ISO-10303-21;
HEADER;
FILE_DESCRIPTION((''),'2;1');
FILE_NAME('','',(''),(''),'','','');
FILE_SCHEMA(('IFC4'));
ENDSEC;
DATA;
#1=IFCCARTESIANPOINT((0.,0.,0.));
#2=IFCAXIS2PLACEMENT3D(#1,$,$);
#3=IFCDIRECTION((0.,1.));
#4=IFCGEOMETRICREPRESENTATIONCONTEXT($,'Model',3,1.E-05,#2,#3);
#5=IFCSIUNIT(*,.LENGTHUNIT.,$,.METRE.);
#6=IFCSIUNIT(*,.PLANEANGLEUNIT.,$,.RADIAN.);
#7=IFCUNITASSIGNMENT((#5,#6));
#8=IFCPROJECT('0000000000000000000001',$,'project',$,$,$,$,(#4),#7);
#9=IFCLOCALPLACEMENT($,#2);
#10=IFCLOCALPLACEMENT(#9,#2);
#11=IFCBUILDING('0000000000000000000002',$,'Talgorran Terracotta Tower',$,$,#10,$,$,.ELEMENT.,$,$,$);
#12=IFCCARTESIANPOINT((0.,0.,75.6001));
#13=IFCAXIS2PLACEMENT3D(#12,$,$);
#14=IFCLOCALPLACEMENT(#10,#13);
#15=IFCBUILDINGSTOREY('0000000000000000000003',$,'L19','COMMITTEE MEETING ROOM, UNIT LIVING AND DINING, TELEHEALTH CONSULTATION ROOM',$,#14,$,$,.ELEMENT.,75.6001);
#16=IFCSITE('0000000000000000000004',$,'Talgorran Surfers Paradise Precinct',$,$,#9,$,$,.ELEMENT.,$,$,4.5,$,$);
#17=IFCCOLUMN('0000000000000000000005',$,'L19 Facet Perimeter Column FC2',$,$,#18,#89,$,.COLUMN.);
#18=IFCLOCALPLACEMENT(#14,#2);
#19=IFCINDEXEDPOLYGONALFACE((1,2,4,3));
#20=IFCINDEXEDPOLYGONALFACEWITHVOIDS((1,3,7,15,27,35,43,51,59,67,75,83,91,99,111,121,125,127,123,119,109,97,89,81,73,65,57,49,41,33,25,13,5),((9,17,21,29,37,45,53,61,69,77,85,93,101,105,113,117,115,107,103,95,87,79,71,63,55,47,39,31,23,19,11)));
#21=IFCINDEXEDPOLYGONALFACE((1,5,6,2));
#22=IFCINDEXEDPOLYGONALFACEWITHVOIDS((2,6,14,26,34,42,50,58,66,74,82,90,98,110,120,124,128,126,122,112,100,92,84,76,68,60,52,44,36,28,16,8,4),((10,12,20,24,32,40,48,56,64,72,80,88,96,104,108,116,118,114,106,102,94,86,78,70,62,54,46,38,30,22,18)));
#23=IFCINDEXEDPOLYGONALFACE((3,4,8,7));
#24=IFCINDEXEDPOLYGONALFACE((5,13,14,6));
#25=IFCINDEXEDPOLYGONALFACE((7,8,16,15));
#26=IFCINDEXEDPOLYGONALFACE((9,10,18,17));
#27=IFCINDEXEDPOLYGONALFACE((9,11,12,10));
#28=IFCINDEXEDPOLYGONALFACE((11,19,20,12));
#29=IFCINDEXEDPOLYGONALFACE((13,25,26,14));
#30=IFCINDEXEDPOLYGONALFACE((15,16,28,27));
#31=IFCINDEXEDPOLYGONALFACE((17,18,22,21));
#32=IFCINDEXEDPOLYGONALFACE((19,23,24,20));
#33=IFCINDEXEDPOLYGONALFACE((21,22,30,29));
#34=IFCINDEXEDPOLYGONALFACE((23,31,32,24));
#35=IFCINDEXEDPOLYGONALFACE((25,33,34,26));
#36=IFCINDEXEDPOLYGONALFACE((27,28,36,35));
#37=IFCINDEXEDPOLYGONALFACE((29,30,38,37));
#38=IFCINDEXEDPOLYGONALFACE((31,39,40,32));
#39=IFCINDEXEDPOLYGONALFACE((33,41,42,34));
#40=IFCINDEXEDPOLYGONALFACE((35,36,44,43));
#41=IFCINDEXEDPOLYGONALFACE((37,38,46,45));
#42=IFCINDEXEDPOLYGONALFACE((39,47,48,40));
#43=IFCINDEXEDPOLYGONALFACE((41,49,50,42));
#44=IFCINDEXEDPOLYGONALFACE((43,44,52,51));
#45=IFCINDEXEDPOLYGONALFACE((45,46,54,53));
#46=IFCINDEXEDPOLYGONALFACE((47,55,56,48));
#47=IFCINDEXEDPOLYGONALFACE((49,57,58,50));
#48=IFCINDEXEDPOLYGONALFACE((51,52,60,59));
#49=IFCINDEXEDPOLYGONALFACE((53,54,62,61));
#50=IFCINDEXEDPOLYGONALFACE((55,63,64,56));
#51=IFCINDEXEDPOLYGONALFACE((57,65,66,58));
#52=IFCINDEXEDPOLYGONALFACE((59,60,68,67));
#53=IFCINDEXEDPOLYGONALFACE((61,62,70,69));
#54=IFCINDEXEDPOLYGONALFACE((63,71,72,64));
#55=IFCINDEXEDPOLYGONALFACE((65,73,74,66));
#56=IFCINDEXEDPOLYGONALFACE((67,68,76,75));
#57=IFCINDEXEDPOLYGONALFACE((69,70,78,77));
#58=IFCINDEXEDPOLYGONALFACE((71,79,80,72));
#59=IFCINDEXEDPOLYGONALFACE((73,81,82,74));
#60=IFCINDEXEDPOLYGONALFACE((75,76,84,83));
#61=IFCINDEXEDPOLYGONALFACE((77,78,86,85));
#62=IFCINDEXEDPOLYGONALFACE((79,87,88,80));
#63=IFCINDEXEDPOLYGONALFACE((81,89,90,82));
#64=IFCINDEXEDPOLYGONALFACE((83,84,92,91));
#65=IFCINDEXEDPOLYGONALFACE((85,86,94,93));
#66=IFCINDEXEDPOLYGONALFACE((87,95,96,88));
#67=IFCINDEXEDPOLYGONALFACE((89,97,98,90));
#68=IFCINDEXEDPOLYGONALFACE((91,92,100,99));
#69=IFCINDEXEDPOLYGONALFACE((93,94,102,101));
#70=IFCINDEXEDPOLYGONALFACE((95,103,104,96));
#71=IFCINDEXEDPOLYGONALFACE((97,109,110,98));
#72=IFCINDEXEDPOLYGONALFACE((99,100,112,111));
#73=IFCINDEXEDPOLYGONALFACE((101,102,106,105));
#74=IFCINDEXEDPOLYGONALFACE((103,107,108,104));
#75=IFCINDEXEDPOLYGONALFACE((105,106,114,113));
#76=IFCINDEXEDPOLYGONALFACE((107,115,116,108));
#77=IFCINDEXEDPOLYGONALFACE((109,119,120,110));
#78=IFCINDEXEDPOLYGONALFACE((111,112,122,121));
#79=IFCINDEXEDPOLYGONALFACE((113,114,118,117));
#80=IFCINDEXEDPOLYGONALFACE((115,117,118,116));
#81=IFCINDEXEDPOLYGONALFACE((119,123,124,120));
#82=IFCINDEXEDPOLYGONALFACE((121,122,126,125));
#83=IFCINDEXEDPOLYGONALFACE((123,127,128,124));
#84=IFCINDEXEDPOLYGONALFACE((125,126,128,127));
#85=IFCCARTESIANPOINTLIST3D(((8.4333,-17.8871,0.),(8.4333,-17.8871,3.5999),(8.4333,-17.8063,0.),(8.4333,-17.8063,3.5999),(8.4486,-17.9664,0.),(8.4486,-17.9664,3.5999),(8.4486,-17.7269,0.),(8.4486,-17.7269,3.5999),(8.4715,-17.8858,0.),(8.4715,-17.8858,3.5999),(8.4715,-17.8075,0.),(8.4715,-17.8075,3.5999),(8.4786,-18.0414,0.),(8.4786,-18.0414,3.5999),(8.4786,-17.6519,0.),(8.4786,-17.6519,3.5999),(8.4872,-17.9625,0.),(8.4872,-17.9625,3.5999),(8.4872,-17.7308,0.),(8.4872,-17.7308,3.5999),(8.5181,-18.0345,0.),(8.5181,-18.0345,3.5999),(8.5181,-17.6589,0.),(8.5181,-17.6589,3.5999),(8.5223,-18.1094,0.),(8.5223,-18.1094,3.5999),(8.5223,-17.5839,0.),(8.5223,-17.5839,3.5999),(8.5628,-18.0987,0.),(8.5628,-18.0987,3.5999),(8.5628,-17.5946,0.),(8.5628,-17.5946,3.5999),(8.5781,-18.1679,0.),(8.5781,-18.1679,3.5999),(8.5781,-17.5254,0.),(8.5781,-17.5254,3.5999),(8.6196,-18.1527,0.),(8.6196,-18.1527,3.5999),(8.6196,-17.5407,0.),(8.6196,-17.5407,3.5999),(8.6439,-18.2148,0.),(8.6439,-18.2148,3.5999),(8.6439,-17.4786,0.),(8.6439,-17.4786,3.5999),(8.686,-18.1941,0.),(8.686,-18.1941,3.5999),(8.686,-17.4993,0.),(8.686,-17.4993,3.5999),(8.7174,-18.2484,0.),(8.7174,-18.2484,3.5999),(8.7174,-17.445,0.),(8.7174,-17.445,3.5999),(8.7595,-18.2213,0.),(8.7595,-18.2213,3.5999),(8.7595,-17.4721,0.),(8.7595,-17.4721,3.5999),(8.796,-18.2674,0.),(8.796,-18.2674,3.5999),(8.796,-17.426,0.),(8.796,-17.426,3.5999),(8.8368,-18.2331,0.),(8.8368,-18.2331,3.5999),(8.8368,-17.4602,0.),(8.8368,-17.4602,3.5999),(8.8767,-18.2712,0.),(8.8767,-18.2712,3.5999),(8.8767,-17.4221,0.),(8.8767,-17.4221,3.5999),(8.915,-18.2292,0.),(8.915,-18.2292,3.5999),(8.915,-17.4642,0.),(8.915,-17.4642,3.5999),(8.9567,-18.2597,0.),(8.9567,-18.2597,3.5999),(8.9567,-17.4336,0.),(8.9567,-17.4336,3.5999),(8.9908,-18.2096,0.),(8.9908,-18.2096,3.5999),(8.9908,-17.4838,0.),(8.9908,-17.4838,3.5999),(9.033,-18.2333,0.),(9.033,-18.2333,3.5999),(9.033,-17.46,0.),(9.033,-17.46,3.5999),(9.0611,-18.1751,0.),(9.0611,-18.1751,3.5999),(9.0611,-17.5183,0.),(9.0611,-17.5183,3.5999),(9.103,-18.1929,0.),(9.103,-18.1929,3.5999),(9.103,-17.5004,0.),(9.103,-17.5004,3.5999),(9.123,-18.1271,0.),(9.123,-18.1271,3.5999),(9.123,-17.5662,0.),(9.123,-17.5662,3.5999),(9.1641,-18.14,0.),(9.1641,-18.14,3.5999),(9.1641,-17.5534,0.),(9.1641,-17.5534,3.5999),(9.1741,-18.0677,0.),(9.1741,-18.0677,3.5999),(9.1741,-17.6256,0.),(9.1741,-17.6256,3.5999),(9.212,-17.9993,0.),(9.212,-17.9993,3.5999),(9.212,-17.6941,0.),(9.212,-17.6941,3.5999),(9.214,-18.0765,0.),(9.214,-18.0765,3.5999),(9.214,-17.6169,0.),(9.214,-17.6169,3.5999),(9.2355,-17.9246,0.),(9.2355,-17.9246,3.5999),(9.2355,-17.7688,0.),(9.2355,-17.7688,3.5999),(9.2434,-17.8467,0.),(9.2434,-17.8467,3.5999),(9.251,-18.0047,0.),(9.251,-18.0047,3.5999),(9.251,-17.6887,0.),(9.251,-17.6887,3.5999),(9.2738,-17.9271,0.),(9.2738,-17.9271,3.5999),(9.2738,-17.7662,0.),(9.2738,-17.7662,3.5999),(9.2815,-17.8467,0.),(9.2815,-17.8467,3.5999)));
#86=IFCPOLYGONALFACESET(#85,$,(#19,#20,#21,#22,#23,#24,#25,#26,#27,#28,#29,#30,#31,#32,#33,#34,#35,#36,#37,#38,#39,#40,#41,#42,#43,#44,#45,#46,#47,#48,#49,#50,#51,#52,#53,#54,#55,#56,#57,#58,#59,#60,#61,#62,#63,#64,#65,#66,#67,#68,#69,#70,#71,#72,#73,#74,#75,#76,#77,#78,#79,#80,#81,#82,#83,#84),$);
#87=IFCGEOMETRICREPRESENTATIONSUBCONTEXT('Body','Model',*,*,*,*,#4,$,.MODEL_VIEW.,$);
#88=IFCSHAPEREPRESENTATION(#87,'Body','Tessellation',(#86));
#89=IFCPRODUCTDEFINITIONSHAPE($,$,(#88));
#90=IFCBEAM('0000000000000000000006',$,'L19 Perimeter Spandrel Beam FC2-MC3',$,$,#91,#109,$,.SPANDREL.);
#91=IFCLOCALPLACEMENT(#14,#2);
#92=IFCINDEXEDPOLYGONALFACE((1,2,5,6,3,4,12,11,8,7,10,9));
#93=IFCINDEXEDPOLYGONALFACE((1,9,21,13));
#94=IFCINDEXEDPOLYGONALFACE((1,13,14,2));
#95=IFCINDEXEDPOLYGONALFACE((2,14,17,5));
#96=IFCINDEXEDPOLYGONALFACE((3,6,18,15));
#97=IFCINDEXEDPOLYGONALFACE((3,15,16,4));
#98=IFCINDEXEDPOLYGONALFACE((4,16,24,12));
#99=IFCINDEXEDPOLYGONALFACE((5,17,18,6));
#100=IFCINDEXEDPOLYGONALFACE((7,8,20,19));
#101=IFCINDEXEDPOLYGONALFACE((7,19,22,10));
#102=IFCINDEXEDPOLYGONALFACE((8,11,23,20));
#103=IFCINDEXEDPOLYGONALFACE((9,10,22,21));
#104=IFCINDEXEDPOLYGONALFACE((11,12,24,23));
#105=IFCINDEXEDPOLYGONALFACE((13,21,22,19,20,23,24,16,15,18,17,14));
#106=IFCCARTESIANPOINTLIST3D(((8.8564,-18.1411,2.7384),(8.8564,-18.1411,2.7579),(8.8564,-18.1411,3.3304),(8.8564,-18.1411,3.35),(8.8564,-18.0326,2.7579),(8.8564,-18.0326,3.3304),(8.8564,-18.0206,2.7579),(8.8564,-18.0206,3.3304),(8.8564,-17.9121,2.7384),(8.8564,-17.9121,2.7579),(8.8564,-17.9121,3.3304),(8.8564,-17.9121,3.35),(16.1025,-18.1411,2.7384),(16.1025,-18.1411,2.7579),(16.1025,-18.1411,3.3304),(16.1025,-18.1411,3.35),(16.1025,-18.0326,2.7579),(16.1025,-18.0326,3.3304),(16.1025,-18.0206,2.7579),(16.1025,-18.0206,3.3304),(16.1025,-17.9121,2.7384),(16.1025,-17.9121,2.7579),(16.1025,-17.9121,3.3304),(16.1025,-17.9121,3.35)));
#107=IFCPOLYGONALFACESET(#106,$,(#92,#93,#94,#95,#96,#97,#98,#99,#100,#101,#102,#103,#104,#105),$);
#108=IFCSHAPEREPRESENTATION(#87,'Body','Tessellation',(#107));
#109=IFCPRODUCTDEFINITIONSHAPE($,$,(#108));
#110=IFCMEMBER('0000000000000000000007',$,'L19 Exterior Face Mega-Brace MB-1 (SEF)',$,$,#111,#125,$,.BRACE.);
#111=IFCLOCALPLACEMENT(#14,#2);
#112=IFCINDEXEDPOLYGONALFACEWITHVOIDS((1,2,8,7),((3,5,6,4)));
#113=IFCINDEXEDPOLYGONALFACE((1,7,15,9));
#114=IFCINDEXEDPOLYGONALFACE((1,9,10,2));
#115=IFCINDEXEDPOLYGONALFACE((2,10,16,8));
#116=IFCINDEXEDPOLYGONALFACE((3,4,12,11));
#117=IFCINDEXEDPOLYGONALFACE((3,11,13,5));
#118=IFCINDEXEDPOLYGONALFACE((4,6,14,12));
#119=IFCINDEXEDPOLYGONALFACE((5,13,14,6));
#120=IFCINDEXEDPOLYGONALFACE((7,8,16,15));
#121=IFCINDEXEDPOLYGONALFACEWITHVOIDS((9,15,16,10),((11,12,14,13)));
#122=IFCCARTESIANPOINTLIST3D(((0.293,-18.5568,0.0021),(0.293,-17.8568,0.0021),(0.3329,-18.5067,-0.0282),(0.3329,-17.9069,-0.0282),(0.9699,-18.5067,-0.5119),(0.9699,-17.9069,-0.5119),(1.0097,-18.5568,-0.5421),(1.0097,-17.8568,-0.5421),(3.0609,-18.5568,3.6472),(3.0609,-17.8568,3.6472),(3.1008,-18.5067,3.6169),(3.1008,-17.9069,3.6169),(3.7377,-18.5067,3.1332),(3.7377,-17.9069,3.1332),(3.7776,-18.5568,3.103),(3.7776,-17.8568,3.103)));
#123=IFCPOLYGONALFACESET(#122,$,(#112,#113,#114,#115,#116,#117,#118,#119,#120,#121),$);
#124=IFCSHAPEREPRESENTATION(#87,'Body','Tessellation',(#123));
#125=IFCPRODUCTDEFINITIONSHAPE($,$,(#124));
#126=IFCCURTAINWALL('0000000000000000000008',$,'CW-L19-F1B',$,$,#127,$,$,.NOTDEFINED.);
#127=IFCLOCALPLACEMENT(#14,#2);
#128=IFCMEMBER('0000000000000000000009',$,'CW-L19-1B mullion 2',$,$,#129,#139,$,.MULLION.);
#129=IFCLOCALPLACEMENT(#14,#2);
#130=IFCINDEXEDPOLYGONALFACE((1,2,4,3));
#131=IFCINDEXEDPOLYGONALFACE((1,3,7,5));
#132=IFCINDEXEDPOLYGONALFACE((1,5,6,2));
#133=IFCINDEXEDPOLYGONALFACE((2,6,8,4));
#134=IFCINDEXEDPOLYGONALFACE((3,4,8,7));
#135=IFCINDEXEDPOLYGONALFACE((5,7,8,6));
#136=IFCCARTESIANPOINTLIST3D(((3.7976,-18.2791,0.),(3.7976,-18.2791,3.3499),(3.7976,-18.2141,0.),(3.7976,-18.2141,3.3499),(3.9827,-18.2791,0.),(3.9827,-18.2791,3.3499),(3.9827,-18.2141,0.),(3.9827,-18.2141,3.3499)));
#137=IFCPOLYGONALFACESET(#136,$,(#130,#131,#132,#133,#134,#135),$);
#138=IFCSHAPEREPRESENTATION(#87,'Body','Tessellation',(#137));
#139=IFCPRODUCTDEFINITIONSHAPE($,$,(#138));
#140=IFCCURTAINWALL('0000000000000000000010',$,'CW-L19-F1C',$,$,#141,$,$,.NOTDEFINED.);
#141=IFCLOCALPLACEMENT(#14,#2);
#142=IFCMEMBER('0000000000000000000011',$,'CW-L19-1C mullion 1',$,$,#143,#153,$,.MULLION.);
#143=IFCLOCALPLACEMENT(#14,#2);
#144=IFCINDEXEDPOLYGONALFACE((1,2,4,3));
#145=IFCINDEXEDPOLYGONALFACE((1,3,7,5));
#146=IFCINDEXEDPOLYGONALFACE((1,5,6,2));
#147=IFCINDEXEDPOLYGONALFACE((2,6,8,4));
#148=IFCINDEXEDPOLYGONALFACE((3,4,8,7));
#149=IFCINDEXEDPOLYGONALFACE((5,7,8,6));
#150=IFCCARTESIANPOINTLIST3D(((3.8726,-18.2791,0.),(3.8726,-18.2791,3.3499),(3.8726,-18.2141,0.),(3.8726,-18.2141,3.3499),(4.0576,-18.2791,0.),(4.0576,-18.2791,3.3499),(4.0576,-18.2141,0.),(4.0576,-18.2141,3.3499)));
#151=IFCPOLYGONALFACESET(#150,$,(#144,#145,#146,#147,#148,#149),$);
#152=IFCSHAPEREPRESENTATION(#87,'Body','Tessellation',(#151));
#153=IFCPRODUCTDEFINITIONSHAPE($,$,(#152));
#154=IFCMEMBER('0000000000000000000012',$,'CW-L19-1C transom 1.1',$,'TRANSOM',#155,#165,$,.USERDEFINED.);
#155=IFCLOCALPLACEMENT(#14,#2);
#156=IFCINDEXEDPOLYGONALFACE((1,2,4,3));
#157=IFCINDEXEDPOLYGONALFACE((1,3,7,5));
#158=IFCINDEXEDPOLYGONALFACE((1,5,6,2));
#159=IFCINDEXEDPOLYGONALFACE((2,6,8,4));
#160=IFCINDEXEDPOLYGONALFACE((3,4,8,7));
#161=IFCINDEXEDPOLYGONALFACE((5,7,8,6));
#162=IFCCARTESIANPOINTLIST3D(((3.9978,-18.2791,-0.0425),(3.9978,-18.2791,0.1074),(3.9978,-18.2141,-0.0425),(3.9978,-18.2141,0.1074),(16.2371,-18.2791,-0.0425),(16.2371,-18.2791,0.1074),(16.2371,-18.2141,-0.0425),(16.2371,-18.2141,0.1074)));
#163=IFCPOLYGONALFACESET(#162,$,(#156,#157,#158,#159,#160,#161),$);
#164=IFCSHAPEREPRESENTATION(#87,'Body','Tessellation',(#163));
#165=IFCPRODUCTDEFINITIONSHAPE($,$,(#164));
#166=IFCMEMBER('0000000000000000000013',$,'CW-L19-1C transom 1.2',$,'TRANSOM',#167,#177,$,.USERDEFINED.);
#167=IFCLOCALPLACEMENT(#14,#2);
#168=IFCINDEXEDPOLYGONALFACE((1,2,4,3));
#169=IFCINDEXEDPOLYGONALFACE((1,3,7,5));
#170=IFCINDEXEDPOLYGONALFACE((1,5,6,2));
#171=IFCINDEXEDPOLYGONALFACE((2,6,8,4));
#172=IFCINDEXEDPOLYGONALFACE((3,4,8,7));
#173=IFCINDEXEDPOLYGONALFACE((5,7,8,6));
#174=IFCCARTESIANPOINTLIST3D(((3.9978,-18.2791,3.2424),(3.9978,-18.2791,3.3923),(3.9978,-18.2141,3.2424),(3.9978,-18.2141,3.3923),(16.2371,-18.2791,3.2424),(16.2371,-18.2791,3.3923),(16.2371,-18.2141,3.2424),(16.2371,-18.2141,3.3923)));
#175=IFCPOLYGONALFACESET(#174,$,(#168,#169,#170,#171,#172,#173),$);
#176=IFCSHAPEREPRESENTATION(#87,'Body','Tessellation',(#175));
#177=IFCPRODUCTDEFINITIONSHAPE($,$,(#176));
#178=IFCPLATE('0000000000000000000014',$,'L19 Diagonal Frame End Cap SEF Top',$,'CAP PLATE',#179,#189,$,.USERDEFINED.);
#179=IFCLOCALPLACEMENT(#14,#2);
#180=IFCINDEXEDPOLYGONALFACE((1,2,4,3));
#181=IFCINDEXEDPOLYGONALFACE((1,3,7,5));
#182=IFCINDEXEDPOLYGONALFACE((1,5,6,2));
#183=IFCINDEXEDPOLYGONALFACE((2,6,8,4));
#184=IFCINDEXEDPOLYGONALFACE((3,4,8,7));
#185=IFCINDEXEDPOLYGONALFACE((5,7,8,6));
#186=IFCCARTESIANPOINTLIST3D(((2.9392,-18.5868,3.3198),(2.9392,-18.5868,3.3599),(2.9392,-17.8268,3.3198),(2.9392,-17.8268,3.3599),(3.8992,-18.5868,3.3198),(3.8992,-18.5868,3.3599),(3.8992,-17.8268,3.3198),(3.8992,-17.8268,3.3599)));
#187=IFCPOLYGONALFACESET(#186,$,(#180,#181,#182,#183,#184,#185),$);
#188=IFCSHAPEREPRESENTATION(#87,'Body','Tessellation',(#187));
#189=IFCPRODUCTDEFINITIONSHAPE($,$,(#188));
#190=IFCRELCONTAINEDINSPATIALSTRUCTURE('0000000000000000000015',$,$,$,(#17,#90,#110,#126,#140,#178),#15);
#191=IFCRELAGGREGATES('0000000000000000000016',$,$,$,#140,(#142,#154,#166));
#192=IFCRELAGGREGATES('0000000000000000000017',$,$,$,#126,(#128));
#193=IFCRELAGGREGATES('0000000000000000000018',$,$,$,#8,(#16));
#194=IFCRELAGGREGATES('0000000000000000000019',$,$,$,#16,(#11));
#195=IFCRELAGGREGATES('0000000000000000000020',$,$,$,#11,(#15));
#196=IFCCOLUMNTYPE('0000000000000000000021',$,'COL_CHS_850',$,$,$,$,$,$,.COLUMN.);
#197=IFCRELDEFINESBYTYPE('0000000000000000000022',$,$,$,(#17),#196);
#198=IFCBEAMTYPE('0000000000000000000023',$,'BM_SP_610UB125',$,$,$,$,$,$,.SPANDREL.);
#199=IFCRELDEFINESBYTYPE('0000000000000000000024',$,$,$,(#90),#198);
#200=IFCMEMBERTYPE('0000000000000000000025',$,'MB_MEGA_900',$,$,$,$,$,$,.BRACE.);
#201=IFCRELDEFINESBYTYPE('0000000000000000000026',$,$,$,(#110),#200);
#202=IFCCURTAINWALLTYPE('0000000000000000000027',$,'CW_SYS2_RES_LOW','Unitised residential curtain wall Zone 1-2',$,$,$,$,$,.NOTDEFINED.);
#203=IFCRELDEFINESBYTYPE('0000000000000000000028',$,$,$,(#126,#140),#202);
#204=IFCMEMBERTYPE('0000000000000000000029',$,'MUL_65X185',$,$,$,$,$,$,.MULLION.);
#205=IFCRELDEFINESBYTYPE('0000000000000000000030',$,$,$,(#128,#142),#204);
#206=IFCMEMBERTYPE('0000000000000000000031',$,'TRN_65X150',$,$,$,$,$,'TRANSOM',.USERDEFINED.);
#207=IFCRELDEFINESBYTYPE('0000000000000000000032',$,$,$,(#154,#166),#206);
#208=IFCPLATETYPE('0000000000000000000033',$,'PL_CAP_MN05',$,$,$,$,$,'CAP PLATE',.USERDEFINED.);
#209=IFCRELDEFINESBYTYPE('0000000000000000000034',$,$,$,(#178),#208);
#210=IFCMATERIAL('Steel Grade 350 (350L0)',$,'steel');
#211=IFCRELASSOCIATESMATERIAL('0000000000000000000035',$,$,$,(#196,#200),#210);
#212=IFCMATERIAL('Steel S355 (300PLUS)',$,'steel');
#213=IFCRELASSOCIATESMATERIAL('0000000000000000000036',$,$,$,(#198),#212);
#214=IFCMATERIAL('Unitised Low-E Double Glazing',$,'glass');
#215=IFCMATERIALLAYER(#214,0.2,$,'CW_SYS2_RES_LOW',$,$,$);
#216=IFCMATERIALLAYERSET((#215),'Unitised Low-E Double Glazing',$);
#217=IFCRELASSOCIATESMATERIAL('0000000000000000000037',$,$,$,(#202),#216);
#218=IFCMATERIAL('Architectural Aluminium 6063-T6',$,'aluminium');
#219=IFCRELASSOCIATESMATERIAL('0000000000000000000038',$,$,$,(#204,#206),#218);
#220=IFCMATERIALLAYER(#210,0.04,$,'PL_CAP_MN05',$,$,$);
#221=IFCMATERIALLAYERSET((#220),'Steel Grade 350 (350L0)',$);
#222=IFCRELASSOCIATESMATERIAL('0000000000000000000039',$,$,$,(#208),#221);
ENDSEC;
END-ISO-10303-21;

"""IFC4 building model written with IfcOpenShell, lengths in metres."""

from ifc_helpers import new_model, si_unit, direction, frame, origin, origin_2d, place, context, subcontext, project, spatial, rectangle, hollow_rectangle, hollow_circle, i_section, extrude, material, layer, layer_set, material_profile, profile_set, type_object, element, aggregate, save


model = new_model("IFC4")

# Units and contexts
model_context = context("Model", 3, precision=1e-05, world=origin(), true_north=direction((0.0, 1.0)))
body_context = subcontext(model_context, "Body", "Model", "MODEL_VIEW")
ifc_project = project(units=[si_unit("LENGTHUNIT", "METRE"), si_unit("PLANEANGLEUNIT", "RADIAN")], contexts=[model_context])

# Site, building, storey
site_placement = place(None, origin())
site = spatial("IfcSite", under=ifc_project, at=site_placement, Name="Talgorran Surfers Paradise Precinct", CompositionType="ELEMENT", RefElevation=4.5)
building_placement = place(site_placement, origin())
building = spatial("IfcBuilding", under=site, at=building_placement, Name="Talgorran Terracotta Tower", CompositionType="ELEMENT")
storey_placement = place(building_placement, frame((0.0, 0.0, 75.6001)))
storey = spatial("IfcBuildingStorey", under=building, at=storey_placement, Name="L19", Description="COMMITTEE MEETING ROOM, UNIT LIVING AND DINING, TELEHEALTH CONSULTATION ROOM", CompositionType="ELEMENT", Elevation=75.6001)

# Column
ifc_material_1 = material(Name="Steel Grade 350 (350L0)", Category="steel")
ifc_material_profile_1 = material_profile(ifc_material_1, hollow_circle(Radius=0.425, WallThickness=0.0381, at=origin_2d()), Name="CHS850X38")
ifc_profile_set_1 = profile_set([ifc_material_profile_1], Name="Steel Grade 350 (350L0)")
column_type = type_object("IfcColumnType", Name="COL_CHS_850", PredefinedType="COLUMN", material=ifc_profile_set_1)
column_placement = place(storey_placement, frame((8.8564, -17.8467, 0.0), z_axis=(0.0, 0.0, 1.0), x_axis=(1.0, 0.0, 0.0)))
element("IfcColumn", 1, at=column_placement, inside=storey, type_object=column_type, Name="L19 Facet Perimeter Column FC2", PredefinedType="COLUMN", context=body_context, shape_type="SweptSolid", body=[
    extrude(hollow_circle(Radius=0.425, WallThickness=0.0381, at=origin_2d()), origin(), (0.0, 0.0, 1.0), 3.5999),
])

# Beam
ifc_material_2 = material(Name="Steel S355 (300PLUS)", Category="steel")
ifc_material_profile_2 = material_profile(ifc_material_2, i_section(OverallWidth=0.229, OverallDepth=0.6116, WebThickness=0.012, FlangeThickness=0.0195, at=origin_2d()), Name="610UB125")
ifc_profile_set_2 = profile_set([ifc_material_profile_2], Name="Steel S355 (300PLUS)")
beam_type = type_object("IfcBeamType", Name="BM_SP_610UB125", PredefinedType="SPANDREL", material=ifc_profile_set_2)
beam_placement = place(storey_placement, frame((8.8564, -18.0266, 3.0442), z_axis=(1.0, 0.0, 0.0), x_axis=(0.0, 1.0, 0.0)))
element("IfcBeam", 2, at=beam_placement, inside=storey, type_object=beam_type, Name="L19 Perimeter Spandrel Beam FC2-MC3", PredefinedType="SPANDREL", context=body_context, shape_type="SweptSolid", body=[
    extrude(i_section(OverallWidth=0.229, OverallDepth=0.6116, WebThickness=0.012, FlangeThickness=0.0195, at=origin_2d()), origin(), (0.0, 0.0, 1.0), 7.2461),
])

# Member
ifc_material_profile_3 = material_profile(ifc_material_1, hollow_rectangle(XDim=0.7, YDim=0.8999, WallThickness=0.05, at=origin_2d()), Name="WBOX900X700X50")
ifc_profile_set_3 = profile_set([ifc_material_profile_3], Name="Steel Grade 350 (350L0)")
member_type_1 = type_object("IfcMemberType", Name="MB_MEGA_900", PredefinedType="BRACE", material=ifc_profile_set_3)
member_1_placement = place(storey_placement, frame((0.6514, -18.2068, -0.27), z_axis=(0.604752, 0.0, 0.796414), x_axis=(0.0, 1.0, 0.0)))
element("IfcMember", 3, at=member_1_placement, inside=storey, type_object=member_type_1, Name="L19 Exterior Face Mega-Brace MB-1 (SEF)", PredefinedType="BRACE", context=body_context, shape_type="SweptSolid", body=[
    extrude(hollow_rectangle(XDim=0.7, YDim=0.8999, WallThickness=0.05, at=origin_2d()), origin(), (0.0, 0.0, 1.0), 4.5769),
])

# Curtain wall, member
ifc_material_3 = material(Name="Unitised Low-E Double Glazing", Category="glass")
ifc_layer_1 = layer(ifc_material_3, 0.2, Name="CW_SYS2_RES_LOW")
ifc_layer_set_1 = layer_set([ifc_layer_1], Name="Unitised Low-E Double Glazing")
curtain_wall_type = type_object("IfcCurtainWallType", Name="CW_SYS2_RES_LOW", Description="Unitised residential curtain wall Zone 1-2", PredefinedType="NOTDEFINED", material=ifc_layer_set_1)
curtain_wall_1_placement = place(storey_placement, origin())
curtain_wall_1 = element("IfcCurtainWall", 4, at=curtain_wall_1_placement, inside=storey, type_object=curtain_wall_type, Name="CW-L19-F1B", PredefinedType="NOTDEFINED")
ifc_material_4 = material(Name="Architectural Aluminium 6063-T6", Category="aluminium")
ifc_material_profile_4 = material_profile(ifc_material_4, rectangle(XDim=0.0649, YDim=0.1851, at=origin_2d()), Name="CWM65X185")
ifc_profile_set_4 = profile_set([ifc_material_profile_4], Name="Architectural Aluminium 6063-T6")
member_type_2 = type_object("IfcMemberType", Name="MUL_65X185", PredefinedType="MULLION", material=ifc_profile_set_4)
member_2_placement = place(storey_placement, frame((3.8901, -18.2466, 0.0), z_axis=(0.0, 0.0, 1.0), x_axis=(0.0, 1.0, 0.0)))
member_2 = element("IfcMember", 5, at=member_2_placement, type_object=member_type_2, Name="CW-L19-1B mullion 2", PredefinedType="MULLION", context=body_context, shape_type="SweptSolid", body=[
    extrude(rectangle(XDim=0.0649, YDim=0.1851, at=origin_2d()), origin(), (0.0, 0.0, 1.0), 3.3499),
])

# Curtain wall, members
curtain_wall_2_placement = place(storey_placement, origin())
curtain_wall_2 = element("IfcCurtainWall", 6, at=curtain_wall_2_placement, inside=storey, type_object=curtain_wall_type, Name="CW-L19-F1C", PredefinedType="NOTDEFINED")
member_3_placement = place(storey_placement, frame((3.9651, -18.2466, 0.0), z_axis=(0.0, 0.0, 1.0), x_axis=(0.0, 1.0, 0.0)))
member_3 = element("IfcMember", 7, at=member_3_placement, type_object=member_type_2, Name="CW-L19-1C mullion 1", PredefinedType="MULLION", context=body_context, shape_type="SweptSolid", body=[
    extrude(rectangle(XDim=0.0649, YDim=0.1851, at=origin_2d()), origin(), (0.0, 0.0, 1.0), 3.3499),
])
ifc_material_profile_5 = material_profile(ifc_material_4, rectangle(XDim=0.0649, YDim=0.1499, at=origin_2d()), Name="CWT65X150")
ifc_profile_set_5 = profile_set([ifc_material_profile_5], Name="Architectural Aluminium 6063-T6")
member_type_3 = type_object("IfcMemberType", Name="TRN_65X150", ElementType="TRANSOM", PredefinedType="USERDEFINED", material=ifc_profile_set_5)
member_4_placement = place(storey_placement, frame((3.9978, -18.2466, 0.0325), z_axis=(1.0, 0.0, 0.0), x_axis=(0.0, 1.0, 0.0)))
member_4 = element("IfcMember", 8, at=member_4_placement, type_object=member_type_3, Name="CW-L19-1C transom 1.1", ObjectType="TRANSOM", PredefinedType="USERDEFINED", context=body_context, shape_type="SweptSolid", body=[
    extrude(rectangle(XDim=0.0649, YDim=0.1499, at=origin_2d()), origin(), (0.0, 0.0, 1.0), 12.2393),
])
member_5_placement = place(storey_placement, frame((3.9978, -18.2466, 3.3174), z_axis=(1.0, 0.0, 0.0), x_axis=(0.0, 1.0, 0.0)))
member_5 = element("IfcMember", 9, at=member_5_placement, type_object=member_type_3, Name="CW-L19-1C transom 1.2", ObjectType="TRANSOM", PredefinedType="USERDEFINED", context=body_context, shape_type="SweptSolid", body=[
    extrude(rectangle(XDim=0.0649, YDim=0.1499, at=origin_2d()), origin(), (0.0, 0.0, 1.0), 12.2393),
])
aggregate(curtain_wall_2, [member_3, member_4, member_5])

# Plate
ifc_layer_2 = layer(ifc_material_1, 0.04, Name="PL_CAP_MN05")
ifc_layer_set_2 = layer_set([ifc_layer_2], Name="Steel Grade 350 (350L0)")
plate_type_1 = type_object("IfcPlateType", Name="PL_CAP_MN05", ElementType="CAP PLATE", PredefinedType="USERDEFINED", material=ifc_layer_set_2)
plate_1_placement = place(storey_placement, frame((3.4192, -18.2068, 3.3198), z_axis=(0.0, 0.0, 1.0), x_axis=(1.0, 0.0, 0.0)))
element("IfcPlate", 10, at=plate_1_placement, inside=storey, type_object=plate_type_1, Name="L19 Diagonal Frame End Cap SEF Top", ObjectType="CAP PLATE", PredefinedType="USERDEFINED", context=body_context, shape_type="SweptSolid", body=[
    extrude(rectangle(XDim=0.96, YDim=0.76, at=origin_2d()), origin(), (0.0, 0.0, 1.0), 0.04),
])

aggregate(curtain_wall_1, [member_2])

save(model, "model.ifc")
